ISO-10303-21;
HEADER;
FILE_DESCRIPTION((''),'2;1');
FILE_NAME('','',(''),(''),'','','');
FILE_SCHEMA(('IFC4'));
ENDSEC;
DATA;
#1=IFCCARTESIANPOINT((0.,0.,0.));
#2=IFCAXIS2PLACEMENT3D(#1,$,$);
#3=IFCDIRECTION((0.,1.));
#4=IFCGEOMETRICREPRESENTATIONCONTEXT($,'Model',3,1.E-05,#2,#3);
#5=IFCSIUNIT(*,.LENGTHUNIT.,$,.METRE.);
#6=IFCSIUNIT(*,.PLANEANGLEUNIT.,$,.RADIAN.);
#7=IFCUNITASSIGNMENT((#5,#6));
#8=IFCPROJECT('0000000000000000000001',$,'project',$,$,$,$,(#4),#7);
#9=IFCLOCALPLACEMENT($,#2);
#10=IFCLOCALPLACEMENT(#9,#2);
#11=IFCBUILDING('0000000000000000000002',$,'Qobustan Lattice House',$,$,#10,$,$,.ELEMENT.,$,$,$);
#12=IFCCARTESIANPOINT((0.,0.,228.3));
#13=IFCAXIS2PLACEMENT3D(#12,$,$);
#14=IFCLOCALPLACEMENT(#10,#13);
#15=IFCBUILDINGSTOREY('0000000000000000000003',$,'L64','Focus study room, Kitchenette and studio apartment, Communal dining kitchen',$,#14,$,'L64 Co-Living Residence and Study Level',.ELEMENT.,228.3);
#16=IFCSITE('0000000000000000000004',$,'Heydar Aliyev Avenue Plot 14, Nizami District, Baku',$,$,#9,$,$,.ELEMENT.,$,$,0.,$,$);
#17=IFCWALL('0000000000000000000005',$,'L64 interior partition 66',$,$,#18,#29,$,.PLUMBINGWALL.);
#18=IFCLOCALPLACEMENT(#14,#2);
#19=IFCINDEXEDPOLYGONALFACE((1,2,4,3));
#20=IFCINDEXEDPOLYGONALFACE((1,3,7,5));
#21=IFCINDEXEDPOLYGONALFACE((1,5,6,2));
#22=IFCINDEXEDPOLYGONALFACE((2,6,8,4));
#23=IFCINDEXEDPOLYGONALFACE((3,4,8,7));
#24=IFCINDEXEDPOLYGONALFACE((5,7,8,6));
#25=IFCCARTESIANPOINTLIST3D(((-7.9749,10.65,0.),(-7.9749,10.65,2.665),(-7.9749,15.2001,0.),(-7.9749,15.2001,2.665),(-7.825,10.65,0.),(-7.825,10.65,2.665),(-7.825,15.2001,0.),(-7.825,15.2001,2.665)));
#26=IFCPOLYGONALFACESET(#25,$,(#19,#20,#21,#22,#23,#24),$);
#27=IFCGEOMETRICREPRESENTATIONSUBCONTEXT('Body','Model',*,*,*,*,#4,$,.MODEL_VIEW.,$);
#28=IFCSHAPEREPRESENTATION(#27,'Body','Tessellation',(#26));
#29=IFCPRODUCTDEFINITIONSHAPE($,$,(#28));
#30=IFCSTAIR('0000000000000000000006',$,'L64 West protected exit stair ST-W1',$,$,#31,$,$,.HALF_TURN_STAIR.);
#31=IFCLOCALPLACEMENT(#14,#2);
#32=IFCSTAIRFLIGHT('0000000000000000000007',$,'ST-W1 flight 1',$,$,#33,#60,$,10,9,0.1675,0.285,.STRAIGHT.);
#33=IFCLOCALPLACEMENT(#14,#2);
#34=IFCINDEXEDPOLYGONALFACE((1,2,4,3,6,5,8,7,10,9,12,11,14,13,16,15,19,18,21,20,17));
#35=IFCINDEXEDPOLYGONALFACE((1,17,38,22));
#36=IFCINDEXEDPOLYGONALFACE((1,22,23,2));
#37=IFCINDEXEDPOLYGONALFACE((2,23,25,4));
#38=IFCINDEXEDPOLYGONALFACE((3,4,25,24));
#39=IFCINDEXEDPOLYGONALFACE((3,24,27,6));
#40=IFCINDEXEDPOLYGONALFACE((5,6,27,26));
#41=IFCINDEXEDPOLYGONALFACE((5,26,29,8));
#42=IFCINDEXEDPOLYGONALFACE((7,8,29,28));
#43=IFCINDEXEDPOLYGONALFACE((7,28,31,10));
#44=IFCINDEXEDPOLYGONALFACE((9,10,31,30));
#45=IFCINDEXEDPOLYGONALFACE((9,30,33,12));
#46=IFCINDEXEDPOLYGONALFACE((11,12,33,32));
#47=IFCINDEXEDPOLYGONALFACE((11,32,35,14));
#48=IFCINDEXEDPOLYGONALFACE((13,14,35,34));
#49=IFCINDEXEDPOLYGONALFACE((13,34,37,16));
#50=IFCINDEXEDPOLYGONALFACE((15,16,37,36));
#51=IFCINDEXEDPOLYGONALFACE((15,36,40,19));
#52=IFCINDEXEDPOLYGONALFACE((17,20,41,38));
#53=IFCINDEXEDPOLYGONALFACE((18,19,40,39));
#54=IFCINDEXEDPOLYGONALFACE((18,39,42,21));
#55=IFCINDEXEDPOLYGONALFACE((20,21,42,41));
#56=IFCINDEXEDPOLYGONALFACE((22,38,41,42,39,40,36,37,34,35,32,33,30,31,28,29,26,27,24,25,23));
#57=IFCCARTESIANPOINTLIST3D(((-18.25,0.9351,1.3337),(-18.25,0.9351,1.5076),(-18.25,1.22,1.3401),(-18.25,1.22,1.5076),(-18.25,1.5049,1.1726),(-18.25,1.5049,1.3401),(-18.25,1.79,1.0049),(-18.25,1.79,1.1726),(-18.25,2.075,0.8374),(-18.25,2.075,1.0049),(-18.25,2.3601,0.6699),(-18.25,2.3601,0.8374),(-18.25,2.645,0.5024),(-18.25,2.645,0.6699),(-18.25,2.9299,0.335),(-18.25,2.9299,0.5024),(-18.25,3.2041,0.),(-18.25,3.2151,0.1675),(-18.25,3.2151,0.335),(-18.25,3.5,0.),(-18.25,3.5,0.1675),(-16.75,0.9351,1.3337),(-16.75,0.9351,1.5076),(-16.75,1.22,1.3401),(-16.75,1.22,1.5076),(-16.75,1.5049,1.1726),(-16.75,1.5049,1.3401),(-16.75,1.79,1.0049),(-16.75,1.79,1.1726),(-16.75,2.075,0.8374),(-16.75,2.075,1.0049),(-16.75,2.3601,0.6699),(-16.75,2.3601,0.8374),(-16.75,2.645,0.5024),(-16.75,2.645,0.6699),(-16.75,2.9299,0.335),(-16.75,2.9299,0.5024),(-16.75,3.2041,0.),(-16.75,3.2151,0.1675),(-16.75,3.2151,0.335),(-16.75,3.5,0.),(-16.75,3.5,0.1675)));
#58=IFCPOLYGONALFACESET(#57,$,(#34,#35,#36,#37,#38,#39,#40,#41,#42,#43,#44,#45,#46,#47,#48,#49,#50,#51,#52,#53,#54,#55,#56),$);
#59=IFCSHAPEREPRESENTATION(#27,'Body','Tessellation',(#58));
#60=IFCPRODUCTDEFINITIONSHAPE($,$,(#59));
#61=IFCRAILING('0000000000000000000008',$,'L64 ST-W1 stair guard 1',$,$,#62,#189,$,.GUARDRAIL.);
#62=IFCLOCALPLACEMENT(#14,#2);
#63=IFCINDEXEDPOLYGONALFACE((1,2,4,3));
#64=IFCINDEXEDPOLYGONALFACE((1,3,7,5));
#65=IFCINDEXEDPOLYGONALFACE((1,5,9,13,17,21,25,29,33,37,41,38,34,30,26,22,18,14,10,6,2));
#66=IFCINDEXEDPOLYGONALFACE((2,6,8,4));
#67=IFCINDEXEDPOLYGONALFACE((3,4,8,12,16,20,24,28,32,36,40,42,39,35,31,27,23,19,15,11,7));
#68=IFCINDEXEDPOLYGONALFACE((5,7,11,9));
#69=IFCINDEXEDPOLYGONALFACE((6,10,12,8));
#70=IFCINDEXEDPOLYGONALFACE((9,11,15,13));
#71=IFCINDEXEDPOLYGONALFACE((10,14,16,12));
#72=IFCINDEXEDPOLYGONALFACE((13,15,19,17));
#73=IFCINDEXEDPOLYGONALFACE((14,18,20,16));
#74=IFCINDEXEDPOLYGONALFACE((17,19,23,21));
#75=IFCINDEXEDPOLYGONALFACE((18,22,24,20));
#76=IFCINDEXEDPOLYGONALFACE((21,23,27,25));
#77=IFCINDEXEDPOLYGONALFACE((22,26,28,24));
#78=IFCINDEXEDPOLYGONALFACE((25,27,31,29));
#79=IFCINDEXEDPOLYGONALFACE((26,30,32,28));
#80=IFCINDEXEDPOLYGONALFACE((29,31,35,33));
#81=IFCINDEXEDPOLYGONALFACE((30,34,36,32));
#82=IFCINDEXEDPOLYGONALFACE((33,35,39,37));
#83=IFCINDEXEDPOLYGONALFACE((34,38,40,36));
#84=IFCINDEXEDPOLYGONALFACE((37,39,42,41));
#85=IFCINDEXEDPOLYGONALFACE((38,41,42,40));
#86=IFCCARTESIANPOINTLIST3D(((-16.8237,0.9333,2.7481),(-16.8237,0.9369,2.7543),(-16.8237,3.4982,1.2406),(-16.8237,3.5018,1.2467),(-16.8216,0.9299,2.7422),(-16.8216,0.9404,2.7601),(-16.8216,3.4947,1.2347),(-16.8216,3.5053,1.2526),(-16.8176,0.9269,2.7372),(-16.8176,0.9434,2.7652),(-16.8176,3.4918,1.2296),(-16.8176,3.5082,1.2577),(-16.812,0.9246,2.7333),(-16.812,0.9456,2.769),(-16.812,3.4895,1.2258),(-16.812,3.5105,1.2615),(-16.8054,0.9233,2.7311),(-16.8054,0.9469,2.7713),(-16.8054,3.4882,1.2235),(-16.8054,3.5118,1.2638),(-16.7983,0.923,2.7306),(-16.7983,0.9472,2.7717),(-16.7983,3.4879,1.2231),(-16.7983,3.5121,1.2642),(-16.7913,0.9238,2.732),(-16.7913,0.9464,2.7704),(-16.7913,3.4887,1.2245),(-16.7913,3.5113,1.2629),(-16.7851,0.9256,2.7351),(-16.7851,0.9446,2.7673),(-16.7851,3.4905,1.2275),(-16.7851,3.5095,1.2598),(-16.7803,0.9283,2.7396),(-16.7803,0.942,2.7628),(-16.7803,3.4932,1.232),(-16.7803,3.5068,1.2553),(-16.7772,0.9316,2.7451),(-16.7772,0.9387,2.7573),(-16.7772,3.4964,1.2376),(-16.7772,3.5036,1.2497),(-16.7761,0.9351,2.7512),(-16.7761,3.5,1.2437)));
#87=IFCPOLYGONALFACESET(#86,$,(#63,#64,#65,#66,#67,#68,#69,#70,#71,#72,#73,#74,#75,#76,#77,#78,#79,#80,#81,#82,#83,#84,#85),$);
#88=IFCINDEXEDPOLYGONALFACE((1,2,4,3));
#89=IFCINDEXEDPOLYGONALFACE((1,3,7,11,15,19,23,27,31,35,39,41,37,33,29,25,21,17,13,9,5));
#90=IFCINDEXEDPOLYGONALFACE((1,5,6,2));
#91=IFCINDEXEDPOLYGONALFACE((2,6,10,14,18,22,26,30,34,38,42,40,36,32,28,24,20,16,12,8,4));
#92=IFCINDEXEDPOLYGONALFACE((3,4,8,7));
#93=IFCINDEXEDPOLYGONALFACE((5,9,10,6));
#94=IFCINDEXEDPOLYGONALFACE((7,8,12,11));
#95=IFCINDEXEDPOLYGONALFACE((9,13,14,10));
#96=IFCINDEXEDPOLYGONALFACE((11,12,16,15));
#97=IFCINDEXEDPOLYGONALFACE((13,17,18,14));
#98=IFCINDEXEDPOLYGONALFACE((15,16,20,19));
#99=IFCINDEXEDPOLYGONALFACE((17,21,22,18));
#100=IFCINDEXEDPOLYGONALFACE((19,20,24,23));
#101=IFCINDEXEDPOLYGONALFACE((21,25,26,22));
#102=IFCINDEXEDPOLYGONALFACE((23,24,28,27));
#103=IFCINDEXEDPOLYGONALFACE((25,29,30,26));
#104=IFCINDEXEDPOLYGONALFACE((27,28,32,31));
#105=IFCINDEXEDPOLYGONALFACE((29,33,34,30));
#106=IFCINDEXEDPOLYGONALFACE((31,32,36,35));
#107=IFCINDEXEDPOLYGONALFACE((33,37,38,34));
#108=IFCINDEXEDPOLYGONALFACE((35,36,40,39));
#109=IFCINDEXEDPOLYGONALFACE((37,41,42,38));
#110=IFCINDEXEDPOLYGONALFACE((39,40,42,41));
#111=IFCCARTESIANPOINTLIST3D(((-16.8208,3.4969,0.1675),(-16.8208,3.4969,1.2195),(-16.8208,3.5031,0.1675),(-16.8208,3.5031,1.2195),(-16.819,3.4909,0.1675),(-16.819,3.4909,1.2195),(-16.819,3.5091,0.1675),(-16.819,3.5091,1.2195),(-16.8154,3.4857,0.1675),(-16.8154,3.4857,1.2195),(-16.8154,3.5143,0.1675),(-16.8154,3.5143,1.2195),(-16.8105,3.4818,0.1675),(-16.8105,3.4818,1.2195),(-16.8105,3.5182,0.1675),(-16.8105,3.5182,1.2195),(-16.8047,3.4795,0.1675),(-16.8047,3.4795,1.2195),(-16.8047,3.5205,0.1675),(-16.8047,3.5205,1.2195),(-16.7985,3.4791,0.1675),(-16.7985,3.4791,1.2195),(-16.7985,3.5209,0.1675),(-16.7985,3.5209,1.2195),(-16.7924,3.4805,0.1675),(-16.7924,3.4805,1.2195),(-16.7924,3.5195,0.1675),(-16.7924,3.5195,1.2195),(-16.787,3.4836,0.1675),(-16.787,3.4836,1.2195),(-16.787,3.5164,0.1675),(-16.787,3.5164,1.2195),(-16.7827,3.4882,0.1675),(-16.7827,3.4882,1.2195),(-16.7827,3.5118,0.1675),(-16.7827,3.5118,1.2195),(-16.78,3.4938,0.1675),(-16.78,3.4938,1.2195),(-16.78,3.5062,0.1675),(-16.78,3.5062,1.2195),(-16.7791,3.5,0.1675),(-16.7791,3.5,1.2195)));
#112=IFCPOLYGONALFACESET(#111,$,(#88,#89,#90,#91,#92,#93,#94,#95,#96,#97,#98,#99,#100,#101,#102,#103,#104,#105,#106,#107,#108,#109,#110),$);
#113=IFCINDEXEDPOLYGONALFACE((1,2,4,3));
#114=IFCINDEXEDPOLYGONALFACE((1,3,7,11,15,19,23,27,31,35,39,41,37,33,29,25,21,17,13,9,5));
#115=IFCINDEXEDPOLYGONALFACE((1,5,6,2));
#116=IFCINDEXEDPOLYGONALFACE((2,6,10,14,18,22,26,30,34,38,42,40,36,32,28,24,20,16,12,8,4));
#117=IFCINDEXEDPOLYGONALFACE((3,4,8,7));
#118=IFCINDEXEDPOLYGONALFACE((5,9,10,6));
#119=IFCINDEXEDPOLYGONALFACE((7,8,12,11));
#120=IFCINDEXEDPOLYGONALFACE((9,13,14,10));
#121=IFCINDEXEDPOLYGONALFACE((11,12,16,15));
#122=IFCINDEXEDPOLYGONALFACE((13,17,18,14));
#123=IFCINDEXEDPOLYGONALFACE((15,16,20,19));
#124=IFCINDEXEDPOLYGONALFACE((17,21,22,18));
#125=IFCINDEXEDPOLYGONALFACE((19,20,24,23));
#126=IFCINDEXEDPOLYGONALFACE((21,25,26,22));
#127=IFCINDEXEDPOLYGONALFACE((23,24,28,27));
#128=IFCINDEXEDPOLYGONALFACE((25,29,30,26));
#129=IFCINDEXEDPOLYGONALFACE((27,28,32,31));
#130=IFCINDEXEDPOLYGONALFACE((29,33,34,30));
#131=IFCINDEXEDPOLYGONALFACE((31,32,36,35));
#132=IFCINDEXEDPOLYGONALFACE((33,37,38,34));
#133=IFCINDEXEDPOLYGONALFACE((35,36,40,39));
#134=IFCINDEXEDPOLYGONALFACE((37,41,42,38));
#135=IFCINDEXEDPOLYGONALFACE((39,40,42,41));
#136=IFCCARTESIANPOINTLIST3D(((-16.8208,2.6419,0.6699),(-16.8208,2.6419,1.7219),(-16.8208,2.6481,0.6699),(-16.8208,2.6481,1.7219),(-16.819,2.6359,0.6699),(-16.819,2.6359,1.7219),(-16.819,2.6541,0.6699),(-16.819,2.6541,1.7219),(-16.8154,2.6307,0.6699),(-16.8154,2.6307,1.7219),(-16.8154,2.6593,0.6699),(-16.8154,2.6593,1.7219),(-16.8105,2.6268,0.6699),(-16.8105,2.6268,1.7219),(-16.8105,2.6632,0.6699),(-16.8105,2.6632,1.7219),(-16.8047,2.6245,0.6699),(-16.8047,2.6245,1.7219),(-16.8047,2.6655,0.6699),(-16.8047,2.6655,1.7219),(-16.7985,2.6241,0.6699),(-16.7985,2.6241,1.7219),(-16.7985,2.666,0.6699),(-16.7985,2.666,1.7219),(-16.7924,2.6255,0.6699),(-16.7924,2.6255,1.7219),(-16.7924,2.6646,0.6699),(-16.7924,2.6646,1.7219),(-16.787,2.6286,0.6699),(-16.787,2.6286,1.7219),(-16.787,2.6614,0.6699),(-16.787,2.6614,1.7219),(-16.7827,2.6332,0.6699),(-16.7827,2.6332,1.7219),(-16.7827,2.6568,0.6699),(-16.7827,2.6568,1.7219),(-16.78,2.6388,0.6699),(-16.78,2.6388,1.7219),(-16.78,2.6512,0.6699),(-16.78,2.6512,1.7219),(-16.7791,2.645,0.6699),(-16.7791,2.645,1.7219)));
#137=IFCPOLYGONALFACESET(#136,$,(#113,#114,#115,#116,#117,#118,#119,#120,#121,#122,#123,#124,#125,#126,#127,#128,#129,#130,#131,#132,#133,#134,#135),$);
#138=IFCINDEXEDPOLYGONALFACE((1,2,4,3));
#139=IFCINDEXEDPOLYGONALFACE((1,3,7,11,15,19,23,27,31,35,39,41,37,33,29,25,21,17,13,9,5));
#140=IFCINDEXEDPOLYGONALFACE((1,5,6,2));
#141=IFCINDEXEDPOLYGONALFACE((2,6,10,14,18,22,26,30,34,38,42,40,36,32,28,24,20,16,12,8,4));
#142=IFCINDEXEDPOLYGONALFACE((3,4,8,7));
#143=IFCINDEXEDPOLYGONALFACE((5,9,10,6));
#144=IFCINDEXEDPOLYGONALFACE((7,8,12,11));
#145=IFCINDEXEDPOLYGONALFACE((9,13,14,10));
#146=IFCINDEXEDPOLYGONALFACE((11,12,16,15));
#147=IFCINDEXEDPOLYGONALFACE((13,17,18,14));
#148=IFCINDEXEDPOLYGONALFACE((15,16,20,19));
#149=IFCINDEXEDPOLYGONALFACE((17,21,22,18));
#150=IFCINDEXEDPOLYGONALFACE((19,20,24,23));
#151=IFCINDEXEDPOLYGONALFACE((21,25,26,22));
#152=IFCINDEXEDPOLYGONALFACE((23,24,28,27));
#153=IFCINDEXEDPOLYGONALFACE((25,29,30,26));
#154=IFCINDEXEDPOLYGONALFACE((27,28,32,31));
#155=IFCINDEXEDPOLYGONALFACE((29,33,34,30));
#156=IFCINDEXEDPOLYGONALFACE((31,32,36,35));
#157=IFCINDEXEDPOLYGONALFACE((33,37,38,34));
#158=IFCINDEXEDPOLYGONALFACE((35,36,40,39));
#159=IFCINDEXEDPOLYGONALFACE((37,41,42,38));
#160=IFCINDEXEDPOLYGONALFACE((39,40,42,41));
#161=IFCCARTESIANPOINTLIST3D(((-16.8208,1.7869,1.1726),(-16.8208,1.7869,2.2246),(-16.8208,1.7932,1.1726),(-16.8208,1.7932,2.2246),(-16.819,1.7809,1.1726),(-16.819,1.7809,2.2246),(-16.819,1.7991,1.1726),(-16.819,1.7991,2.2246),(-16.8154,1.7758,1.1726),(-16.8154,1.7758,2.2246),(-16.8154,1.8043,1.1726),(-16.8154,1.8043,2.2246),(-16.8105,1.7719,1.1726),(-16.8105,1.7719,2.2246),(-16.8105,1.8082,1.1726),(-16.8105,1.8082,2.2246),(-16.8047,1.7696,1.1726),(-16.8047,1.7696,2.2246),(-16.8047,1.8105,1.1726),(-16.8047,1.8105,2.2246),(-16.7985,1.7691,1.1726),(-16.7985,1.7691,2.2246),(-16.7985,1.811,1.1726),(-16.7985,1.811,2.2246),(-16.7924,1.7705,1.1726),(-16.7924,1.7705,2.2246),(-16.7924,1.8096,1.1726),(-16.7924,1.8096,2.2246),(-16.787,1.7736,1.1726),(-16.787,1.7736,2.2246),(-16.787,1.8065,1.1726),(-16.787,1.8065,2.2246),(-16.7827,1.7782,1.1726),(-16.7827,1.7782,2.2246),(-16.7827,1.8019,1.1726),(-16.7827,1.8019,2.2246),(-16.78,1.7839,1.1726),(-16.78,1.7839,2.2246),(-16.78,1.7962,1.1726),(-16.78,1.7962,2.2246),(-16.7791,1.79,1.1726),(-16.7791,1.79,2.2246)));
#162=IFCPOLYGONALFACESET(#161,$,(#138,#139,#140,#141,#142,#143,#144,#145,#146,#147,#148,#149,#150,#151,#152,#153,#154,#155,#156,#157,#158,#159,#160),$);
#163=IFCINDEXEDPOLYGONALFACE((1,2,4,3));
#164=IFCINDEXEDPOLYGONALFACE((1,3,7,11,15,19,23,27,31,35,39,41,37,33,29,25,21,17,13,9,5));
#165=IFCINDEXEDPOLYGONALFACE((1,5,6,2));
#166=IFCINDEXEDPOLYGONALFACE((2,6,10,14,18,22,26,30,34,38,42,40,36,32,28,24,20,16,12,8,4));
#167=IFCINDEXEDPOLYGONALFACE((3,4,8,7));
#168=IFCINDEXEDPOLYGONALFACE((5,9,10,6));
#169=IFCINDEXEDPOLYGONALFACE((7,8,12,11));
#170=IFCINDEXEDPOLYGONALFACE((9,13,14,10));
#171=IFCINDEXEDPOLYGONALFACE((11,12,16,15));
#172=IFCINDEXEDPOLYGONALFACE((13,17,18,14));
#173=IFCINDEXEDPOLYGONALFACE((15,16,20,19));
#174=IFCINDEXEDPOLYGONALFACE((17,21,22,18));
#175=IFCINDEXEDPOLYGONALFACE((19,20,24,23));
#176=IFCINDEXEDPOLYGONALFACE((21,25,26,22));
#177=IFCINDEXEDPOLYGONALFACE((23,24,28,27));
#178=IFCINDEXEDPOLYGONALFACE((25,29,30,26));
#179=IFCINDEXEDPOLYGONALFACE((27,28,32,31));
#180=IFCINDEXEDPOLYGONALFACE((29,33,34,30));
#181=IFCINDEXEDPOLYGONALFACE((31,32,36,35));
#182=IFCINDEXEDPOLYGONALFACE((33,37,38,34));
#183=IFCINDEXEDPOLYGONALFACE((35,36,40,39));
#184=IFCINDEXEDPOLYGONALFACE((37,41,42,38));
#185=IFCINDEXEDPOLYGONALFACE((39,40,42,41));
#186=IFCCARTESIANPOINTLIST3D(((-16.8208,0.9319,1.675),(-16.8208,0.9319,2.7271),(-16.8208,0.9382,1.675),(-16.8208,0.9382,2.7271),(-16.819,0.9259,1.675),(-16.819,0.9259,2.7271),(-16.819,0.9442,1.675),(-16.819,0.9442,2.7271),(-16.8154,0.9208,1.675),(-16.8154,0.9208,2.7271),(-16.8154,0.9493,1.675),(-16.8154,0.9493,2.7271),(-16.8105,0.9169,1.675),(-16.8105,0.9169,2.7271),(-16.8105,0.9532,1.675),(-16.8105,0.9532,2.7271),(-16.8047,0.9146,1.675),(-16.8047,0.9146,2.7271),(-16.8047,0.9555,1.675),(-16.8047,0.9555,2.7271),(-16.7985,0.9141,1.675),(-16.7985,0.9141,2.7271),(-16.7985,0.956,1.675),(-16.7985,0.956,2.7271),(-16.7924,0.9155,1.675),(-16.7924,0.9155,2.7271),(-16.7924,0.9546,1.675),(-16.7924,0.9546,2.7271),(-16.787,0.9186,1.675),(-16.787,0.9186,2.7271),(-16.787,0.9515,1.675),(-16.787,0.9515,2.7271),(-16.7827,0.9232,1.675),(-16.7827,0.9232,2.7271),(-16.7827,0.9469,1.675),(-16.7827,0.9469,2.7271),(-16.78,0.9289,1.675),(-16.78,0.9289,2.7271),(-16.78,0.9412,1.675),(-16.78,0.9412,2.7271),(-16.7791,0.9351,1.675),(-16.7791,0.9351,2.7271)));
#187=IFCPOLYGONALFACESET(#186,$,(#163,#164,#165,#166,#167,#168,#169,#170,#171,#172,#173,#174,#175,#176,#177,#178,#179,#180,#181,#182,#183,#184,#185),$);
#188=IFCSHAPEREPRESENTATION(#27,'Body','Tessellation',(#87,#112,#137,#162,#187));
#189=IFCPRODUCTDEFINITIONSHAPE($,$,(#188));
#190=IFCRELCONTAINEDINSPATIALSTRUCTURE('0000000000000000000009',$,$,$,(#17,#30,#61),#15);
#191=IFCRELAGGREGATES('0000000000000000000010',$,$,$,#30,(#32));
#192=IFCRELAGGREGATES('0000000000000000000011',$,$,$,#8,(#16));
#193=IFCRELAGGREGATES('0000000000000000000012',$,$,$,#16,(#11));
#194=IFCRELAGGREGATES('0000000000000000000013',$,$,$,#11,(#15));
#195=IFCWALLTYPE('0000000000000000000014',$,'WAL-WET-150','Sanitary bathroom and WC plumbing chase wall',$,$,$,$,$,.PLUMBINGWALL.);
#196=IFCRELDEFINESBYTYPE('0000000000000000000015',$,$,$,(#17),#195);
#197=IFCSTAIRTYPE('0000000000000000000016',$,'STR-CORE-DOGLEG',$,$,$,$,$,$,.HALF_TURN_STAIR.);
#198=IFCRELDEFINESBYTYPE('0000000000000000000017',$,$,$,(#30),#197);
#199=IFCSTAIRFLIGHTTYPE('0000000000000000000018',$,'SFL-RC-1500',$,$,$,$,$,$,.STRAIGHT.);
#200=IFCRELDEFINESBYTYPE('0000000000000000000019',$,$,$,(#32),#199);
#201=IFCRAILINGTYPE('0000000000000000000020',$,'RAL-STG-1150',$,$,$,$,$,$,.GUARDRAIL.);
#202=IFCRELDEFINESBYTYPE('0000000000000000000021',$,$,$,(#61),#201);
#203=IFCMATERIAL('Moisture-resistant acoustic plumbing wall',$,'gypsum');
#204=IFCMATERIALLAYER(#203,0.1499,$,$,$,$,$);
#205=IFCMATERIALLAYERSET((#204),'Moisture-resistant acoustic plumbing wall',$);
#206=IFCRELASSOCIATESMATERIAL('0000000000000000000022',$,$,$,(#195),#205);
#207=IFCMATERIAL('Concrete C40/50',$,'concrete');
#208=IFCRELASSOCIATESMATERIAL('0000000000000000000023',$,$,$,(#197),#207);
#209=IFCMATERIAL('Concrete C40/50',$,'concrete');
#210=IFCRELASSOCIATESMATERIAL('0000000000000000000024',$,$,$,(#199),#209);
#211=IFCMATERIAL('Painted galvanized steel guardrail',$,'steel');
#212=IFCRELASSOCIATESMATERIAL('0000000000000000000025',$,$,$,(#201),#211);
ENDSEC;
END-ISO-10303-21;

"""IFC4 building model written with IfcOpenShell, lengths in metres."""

from ifc_helpers import new_model, si_unit, direction, frame, frame_2d, origin, origin_2d, place, context, subcontext, project, spatial, polyline, rectangle, circle, outline, extrude, material, layer, layer_set, type_object, element, aggregate, save


model = new_model("IFC4")

# Units and contexts
model_context = context("Model", 3, precision=1e-05, world=origin(), true_north=direction((0.0, 1.0)))
body_context = subcontext(model_context, "Body", "Model", "MODEL_VIEW")
ifc_project = project(units=[si_unit("LENGTHUNIT", "METRE"), si_unit("PLANEANGLEUNIT", "RADIAN")], contexts=[model_context])

# Site, building, storey
site_placement = place(None, origin())
site = spatial("IfcSite", under=ifc_project, at=site_placement, Name="Heydar Aliyev Avenue Plot 14, Nizami District, Baku", CompositionType="ELEMENT", RefElevation=0.0)
building_placement = place(site_placement, origin())
building = spatial("IfcBuilding", under=site, at=building_placement, Name="Qobustan Lattice House", CompositionType="ELEMENT")
storey_placement = place(building_placement, frame((0.0, 0.0, 228.3)))
storey = spatial("IfcBuildingStorey", under=building, at=storey_placement, Name="L64", Description="Focus study room, Kitchenette and studio apartment, Communal dining kitchen", LongName="L64 Co-Living Residence and Study Level", CompositionType="ELEMENT", Elevation=228.3)

# Shared definitions
ifc_material_1 = material(Name="Moisture-resistant acoustic plumbing wall", Category="gypsum")
ifc_layer_1 = layer(ifc_material_1, 0.1499)
ifc_layer_set_1 = layer_set([ifc_layer_1], Name="Moisture-resistant acoustic plumbing wall")
wall_type_1 = type_object("IfcWallType", Name="WAL-WET-150", Description="Sanitary bathroom and WC plumbing chase wall", PredefinedType="PLUMBINGWALL", material=ifc_layer_set_1)

# Wall
wall_1_placement = place(storey_placement, frame((-7.8999, 15.2, 0.0), z_axis=(0.0, 0.0, 1.0), x_axis=(0.0, -1.0, 0.0)))
element("IfcWall", 1, at=wall_1_placement, inside=storey, type_object=wall_type_1, Name="L64 interior partition 66", PredefinedType="PLUMBINGWALL", context=body_context, shape_type="SweptSolid", body=[
    extrude(rectangle(XDim=4.55, YDim=0.1499, at=frame_2d((2.2749, 0.0))), origin(), (0.0, 0.0, 1.0), 2.665),
])

# Stair, stair flight
ifc_material_2 = material(Name="Concrete C40/50", Category="concrete")
stair_type = type_object("IfcStairType", Name="STR-CORE-DOGLEG", PredefinedType="HALF_TURN_STAIR", material=ifc_material_2)
stair_placement = place(storey_placement, origin())
stair = element("IfcStair", 2, at=stair_placement, inside=storey, type_object=stair_type, Name="L64 West protected exit stair ST-W1", PredefinedType="HALF_TURN_STAIR")
ifc_material_3 = material(Name="Concrete C40/50", Category="concrete")
stair_flight_type = type_object("IfcStairFlightType", Name="SFL-RC-1500", PredefinedType="STRAIGHT", material=ifc_material_3)
stair_flight_placement = place(storey_placement, frame((-17.5, 3.5, 0.0), z_axis=(0.0, 0.0, 1.0), x_axis=(0.0, -1.0, 0.0)))
stair_flight = element("IfcStairFlight", 3, at=stair_flight_placement, type_object=stair_flight_type, Name="ST-W1 flight 1", NumberOfRisers=10, NumberOfTreads=9, PredefinedType="STRAIGHT", RiserHeight=0.1675, TreadLength=0.285, context=body_context, shape_type="SweptSolid", body=[
    extrude(outline(polyline([(0.0, 0.0), (0.0, 0.1675), (0.2849, 0.1675), (0.2849, 0.335), (0.5701, 0.335), (0.5701, 0.5024), (0.855, 0.5024), (0.855, 0.6699), (1.1399, 0.6699), (1.1399, 0.8374), (1.425, 0.8374), (1.425, 1.0049), (1.71, 1.0049), (1.71, 1.1726), (1.9951, 1.1726), (1.9951, 1.3401), (2.28, 1.3401), (2.28, 1.5076), (2.5649, 1.5076), (2.5649, 1.675), (2.5649, 1.3337), (0.2959, 0.0), (0.0, 0.0)])), frame((0.0, 0.75, 0.0), z_axis=(0.0, -1.0, 0.0), x_axis=(1.0, 0.0, 0.0)), (0.0, 0.0, 1.0), 1.5),
])
aggregate(stair, [stair_flight])

# Railing
ifc_material_4 = material(Name="Painted galvanized steel guardrail", Category="steel")
railing_type = type_object("IfcRailingType", Name="RAL-STG-1150", PredefinedType="GUARDRAIL", material=ifc_material_4)
railing_1_placement = place(storey_placement, frame((-16.8, 3.5, 0.1675)))
element("IfcRailing", 4, at=railing_1_placement, inside=storey, type_object=railing_type, Name="L64 ST-W1 stair guard 1", PredefinedType="GUARDRAIL", context=body_context, shape_type="SweptSolid", body=[
    extrude(circle(Radius=0.0239, at=origin_2d()), frame((0.0, 0.0, 1.0762), z_axis=(0.0, -0.862113, 0.506715), x_axis=(1.0, 0.0, 0.0)), (0.0, 0.0, 1.0), 2.9751),
    extrude(circle(Radius=0.021, at=origin_2d()), origin(), (0.0, 0.0, 1.0), 1.052),
    extrude(circle(Radius=0.021, at=origin_2d()), frame((0.0, -0.855, 0.5024)), (0.0, 0.0, 1.0), 1.052),
    extrude(circle(Radius=0.021, at=origin_2d()), frame((0.0, -1.71, 1.0051)), (0.0, 0.0, 1.0), 1.052),
    extrude(circle(Radius=0.021, at=origin_2d()), frame((0.0, -2.5649, 1.5076)), (0.0, 0.0, 1.0), 1.052),
])

save(model, "model.ifc")
